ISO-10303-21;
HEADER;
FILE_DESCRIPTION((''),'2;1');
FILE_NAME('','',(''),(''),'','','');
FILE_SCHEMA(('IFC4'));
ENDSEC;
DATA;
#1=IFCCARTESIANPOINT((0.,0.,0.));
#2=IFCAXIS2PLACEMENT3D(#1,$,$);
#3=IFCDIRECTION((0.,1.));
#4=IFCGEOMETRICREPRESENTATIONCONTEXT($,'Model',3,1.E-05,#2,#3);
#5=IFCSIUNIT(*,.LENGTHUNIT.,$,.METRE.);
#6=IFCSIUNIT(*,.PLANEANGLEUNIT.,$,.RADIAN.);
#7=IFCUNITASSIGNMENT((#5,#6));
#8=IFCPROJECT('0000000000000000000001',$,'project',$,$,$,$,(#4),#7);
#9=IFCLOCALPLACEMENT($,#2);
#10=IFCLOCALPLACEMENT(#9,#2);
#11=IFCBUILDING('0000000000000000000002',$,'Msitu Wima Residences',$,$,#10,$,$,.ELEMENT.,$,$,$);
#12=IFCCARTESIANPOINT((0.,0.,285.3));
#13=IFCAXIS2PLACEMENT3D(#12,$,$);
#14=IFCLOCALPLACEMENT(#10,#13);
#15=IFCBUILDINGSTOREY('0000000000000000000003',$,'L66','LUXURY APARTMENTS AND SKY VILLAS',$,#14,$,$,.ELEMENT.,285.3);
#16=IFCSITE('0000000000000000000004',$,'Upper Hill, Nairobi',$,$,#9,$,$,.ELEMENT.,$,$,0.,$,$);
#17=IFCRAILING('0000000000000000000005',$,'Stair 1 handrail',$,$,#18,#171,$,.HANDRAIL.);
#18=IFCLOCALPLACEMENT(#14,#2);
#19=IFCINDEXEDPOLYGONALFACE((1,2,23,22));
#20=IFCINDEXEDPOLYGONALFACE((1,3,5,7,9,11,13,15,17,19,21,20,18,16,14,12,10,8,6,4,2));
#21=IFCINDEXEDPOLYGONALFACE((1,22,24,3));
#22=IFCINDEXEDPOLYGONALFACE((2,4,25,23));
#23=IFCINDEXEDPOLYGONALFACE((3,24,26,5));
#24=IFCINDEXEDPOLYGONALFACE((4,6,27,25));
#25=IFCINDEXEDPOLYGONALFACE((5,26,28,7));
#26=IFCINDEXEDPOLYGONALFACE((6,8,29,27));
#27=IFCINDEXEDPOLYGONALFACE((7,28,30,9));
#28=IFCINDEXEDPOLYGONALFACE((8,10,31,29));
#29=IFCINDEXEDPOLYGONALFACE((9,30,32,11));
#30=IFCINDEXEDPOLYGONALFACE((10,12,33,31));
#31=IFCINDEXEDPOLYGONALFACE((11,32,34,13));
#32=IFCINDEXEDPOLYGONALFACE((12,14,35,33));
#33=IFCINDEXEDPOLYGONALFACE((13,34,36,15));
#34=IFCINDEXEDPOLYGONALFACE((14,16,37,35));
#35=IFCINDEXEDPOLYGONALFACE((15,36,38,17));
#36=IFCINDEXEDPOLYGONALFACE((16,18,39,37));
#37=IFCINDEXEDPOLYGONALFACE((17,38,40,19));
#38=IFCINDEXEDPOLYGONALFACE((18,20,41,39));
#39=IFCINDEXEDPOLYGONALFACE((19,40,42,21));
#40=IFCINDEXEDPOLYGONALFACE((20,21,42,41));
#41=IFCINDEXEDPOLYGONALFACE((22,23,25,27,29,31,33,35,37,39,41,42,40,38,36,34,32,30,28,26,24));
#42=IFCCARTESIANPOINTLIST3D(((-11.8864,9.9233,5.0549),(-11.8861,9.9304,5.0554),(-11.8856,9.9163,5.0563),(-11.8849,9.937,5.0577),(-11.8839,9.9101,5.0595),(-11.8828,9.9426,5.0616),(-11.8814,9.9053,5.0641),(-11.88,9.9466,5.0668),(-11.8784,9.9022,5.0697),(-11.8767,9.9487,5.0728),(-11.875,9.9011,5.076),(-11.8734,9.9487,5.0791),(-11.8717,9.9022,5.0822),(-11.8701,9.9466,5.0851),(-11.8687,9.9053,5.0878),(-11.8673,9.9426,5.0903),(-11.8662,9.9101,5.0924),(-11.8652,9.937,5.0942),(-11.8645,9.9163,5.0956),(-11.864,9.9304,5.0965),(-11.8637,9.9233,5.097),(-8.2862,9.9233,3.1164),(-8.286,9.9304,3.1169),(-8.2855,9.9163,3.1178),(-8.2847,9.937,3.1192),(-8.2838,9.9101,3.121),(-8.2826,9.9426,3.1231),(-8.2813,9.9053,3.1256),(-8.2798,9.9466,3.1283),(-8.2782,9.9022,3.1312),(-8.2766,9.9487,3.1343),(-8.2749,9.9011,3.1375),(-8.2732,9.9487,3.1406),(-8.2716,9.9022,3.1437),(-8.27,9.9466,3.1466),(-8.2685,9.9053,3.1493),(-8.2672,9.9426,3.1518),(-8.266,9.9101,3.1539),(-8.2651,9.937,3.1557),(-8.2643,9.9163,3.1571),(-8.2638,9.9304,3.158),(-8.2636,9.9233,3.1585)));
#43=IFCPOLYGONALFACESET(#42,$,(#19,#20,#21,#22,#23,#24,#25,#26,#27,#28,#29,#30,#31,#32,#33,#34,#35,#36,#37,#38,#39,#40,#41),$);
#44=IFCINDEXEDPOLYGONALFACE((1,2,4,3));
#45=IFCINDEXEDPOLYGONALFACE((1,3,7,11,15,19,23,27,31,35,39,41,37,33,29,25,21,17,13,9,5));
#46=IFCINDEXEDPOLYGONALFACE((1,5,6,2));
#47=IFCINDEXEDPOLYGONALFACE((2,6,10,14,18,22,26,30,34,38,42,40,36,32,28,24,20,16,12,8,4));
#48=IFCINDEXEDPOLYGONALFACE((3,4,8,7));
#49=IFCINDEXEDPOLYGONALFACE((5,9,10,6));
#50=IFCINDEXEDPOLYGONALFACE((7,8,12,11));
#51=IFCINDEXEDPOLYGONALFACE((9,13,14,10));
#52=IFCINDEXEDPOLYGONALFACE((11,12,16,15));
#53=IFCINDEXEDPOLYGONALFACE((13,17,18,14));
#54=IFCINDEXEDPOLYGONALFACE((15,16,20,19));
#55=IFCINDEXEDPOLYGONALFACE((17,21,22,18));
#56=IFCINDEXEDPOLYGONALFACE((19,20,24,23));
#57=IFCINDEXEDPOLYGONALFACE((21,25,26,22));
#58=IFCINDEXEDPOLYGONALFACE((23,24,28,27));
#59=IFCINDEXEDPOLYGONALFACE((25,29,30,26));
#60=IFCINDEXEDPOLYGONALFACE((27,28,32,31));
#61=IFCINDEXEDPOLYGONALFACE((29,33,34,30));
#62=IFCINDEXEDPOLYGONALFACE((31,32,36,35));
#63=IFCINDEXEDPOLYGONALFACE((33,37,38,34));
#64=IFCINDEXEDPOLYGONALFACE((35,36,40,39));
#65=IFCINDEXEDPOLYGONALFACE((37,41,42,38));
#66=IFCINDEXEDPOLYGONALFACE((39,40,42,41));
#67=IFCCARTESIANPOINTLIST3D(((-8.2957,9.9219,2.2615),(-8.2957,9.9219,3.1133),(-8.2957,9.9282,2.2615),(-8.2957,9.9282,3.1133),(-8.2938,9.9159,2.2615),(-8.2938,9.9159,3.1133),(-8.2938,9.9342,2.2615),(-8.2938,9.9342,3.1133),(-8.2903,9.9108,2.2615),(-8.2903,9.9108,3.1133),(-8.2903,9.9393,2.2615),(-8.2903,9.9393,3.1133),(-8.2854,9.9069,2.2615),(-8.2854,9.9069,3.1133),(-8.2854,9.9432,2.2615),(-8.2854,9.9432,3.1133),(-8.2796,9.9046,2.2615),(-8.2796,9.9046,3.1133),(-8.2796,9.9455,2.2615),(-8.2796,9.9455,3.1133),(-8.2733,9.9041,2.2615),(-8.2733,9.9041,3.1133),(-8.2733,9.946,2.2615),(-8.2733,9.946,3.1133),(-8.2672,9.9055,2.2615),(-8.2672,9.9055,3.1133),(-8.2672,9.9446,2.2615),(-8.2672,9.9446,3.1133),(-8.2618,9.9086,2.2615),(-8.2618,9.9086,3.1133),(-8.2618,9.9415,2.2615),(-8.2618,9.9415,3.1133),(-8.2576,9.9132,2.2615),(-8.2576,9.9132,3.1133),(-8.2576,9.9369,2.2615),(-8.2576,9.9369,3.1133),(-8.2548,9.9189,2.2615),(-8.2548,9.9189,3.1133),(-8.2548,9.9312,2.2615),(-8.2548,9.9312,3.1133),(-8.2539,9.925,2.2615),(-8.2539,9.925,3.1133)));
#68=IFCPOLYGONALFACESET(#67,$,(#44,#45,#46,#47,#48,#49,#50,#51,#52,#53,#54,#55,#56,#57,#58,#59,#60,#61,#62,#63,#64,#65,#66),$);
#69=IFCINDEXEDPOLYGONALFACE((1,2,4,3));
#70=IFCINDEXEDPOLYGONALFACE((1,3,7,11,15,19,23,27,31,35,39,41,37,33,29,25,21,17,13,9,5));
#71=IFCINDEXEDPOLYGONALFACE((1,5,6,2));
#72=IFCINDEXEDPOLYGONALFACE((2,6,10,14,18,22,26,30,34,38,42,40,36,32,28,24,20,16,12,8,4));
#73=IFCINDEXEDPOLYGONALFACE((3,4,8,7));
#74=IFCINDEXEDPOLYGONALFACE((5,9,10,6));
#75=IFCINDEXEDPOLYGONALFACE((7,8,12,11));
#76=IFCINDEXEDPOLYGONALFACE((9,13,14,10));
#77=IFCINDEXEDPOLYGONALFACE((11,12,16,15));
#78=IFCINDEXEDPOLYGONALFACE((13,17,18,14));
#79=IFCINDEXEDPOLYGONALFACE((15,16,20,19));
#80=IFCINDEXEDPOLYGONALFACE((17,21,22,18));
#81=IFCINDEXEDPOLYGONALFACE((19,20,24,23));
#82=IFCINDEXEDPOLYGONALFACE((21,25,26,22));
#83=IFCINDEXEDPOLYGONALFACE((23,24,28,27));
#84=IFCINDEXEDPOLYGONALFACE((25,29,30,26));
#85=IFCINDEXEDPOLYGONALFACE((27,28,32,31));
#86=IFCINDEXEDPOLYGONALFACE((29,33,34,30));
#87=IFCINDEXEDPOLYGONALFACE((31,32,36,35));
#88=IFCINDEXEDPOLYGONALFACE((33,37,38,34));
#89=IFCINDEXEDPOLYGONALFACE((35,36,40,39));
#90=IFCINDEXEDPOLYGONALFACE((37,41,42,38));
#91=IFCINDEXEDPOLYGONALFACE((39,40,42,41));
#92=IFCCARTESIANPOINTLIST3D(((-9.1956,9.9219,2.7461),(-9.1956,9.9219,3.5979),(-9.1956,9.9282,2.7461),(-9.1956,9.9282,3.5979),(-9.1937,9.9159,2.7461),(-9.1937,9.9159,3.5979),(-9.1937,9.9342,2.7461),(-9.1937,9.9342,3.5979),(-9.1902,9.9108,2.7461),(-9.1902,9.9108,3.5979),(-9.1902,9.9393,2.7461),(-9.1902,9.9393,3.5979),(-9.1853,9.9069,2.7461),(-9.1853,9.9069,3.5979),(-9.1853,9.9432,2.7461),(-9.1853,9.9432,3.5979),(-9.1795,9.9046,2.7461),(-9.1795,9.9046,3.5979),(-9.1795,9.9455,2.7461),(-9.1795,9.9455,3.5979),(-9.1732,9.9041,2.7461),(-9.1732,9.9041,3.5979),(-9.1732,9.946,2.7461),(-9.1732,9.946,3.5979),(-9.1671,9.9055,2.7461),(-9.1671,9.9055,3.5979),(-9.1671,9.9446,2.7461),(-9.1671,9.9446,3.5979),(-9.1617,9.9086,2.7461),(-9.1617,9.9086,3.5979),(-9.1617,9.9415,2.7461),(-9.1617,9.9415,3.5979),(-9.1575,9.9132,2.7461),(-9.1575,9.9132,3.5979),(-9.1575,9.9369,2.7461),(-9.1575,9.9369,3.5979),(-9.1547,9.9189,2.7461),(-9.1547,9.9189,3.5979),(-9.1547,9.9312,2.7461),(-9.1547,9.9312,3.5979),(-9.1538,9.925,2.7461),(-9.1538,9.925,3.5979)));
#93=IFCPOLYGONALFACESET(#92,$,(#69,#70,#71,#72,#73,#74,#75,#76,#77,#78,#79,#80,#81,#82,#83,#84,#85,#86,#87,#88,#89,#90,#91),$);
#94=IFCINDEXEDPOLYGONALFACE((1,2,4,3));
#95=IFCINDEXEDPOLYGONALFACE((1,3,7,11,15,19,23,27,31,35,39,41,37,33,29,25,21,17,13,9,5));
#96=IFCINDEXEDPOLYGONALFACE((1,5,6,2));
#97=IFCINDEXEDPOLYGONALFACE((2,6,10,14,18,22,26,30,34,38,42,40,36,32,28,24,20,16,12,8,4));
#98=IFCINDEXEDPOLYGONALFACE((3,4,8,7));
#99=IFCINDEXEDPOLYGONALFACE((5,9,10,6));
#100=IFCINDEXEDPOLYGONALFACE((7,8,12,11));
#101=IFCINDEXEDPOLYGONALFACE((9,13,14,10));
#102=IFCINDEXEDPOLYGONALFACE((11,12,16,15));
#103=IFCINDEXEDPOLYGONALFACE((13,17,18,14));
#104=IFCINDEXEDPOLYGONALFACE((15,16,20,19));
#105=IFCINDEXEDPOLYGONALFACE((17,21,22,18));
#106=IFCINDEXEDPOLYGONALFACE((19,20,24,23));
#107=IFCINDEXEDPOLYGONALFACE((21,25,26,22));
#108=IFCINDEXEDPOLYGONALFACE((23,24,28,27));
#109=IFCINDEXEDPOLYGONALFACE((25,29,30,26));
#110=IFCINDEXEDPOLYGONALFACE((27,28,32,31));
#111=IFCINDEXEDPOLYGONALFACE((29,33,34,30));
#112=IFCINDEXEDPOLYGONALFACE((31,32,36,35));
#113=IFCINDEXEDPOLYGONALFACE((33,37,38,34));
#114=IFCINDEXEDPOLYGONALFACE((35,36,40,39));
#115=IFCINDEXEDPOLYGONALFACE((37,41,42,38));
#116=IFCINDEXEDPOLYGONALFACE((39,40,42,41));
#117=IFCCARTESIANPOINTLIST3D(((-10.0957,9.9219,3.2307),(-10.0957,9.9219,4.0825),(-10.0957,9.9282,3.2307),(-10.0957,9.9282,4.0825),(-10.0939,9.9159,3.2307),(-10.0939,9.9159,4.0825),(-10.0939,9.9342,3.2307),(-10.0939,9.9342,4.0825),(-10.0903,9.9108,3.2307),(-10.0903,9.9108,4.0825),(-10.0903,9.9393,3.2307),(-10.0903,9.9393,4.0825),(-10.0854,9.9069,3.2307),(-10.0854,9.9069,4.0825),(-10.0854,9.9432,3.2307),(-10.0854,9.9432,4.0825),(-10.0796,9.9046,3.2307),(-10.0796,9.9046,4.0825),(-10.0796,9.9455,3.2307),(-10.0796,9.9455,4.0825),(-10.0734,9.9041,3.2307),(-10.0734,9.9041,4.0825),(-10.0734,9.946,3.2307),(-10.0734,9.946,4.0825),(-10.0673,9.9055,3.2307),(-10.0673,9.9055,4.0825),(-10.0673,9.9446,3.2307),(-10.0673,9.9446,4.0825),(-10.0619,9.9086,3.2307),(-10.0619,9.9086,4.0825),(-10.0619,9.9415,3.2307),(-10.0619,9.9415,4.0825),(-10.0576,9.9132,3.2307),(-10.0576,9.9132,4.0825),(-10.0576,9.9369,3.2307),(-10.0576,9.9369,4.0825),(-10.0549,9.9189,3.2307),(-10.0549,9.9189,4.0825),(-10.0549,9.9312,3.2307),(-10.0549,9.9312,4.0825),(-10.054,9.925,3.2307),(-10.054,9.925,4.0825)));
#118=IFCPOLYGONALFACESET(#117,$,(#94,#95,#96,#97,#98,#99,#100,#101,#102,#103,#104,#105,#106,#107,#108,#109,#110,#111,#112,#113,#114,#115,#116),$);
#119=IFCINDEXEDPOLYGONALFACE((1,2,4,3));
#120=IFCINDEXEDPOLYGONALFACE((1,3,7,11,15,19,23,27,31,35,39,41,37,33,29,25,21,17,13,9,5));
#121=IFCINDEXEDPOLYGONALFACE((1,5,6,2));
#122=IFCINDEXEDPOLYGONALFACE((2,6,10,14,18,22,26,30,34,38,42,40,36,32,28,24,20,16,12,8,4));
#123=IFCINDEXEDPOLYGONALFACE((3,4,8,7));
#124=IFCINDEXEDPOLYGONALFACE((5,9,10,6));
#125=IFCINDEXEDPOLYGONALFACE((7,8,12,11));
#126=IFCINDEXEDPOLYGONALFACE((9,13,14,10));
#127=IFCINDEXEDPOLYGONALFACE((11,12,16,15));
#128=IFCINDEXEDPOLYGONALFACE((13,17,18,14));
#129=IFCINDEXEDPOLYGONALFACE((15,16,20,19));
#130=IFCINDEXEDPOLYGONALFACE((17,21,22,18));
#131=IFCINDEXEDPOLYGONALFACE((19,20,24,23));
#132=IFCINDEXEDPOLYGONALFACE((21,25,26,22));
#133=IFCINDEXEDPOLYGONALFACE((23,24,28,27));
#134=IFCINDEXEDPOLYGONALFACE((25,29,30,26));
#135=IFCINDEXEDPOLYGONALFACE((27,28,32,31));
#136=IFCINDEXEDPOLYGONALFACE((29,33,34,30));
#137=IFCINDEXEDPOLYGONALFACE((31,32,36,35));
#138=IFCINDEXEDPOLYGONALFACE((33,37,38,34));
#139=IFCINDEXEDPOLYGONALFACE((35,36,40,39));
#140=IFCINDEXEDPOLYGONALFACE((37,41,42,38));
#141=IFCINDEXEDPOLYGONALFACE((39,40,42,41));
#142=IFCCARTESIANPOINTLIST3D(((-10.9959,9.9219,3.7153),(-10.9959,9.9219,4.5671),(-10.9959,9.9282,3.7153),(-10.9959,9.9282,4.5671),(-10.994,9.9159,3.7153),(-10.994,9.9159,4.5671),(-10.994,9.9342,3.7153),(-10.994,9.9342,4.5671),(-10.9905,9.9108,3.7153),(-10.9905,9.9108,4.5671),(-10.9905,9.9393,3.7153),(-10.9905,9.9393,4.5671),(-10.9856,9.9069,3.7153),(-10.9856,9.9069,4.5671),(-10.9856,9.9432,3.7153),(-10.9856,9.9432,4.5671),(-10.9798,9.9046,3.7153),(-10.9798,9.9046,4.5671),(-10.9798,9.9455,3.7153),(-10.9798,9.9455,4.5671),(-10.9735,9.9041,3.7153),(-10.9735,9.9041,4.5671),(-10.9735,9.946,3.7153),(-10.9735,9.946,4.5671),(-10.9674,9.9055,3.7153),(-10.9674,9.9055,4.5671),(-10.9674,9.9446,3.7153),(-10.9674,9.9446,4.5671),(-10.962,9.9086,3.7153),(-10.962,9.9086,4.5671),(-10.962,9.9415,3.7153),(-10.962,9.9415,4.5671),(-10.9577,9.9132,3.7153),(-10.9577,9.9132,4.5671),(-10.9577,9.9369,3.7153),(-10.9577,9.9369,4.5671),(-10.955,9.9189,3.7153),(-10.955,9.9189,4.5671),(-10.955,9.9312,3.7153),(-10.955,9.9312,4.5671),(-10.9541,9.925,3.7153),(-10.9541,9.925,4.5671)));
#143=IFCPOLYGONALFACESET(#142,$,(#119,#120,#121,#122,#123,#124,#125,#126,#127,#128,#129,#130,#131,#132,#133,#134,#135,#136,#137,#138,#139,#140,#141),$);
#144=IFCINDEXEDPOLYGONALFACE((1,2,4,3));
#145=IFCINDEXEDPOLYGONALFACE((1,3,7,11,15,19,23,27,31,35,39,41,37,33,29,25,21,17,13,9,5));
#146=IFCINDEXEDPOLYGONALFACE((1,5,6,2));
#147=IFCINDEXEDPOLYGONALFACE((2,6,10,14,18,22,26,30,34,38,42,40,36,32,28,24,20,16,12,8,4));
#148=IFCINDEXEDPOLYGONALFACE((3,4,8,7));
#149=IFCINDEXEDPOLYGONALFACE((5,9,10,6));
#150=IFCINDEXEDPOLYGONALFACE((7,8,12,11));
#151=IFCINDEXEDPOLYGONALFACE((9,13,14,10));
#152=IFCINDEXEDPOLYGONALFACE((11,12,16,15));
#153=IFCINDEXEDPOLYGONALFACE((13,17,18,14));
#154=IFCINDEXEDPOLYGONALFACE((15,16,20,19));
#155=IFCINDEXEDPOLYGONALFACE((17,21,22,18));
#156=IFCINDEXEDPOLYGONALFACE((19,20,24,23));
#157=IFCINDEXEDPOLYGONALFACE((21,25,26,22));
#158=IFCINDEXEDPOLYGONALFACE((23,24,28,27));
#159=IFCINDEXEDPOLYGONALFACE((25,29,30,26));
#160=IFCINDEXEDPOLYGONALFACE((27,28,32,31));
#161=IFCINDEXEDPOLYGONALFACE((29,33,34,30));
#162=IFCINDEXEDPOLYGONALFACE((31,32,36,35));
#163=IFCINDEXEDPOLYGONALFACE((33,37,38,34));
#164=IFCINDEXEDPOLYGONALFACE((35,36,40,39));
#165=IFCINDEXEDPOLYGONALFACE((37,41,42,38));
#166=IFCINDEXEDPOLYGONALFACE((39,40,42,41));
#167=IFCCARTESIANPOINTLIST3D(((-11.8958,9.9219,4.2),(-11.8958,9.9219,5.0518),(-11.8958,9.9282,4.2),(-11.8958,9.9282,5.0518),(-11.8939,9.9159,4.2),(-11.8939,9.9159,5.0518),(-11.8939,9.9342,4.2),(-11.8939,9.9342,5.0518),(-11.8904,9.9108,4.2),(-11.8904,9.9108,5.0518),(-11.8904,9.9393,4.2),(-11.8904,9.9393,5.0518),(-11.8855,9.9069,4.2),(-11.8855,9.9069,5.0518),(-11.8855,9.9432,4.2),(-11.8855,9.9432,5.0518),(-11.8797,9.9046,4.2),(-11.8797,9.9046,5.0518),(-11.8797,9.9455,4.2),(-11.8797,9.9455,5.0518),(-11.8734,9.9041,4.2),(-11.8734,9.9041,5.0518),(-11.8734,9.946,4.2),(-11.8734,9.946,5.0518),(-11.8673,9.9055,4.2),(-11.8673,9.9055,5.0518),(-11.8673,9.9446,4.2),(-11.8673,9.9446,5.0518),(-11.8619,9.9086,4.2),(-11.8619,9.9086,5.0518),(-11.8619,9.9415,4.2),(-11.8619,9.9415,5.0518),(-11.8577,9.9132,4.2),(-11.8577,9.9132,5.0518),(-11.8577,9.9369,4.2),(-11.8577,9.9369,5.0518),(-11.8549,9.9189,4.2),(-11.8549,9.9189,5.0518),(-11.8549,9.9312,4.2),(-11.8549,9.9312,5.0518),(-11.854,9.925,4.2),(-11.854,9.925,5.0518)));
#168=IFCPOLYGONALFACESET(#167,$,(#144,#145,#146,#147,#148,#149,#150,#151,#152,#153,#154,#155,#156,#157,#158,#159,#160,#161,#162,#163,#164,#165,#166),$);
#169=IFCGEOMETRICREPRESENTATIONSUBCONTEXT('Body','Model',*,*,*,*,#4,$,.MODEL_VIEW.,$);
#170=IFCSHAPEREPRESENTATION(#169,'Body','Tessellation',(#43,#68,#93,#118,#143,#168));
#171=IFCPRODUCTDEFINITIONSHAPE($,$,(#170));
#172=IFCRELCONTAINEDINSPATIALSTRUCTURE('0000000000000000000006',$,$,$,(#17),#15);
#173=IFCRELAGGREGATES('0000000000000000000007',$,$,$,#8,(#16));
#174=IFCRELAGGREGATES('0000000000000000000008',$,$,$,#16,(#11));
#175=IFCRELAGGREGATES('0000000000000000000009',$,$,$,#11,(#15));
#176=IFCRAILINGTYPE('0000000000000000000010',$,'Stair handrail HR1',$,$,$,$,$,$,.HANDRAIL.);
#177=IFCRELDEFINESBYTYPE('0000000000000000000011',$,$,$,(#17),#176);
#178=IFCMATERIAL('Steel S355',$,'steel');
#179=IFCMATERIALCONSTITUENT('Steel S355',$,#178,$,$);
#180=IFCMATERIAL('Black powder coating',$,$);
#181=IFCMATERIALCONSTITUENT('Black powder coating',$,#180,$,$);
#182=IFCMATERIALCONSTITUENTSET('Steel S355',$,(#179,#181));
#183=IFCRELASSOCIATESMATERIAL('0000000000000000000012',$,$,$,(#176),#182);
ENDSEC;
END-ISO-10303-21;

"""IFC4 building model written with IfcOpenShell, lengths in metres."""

from ifc_helpers import new_model, si_unit, direction, frame, origin, origin_2d, place, context, subcontext, project, spatial, circle, extrude, material, constituent, constituent_set, type_object, element, save


model = new_model("IFC4")

# Units and contexts
model_context = context("Model", 3, precision=1e-05, world=origin(), true_north=direction((0.0, 1.0)))
body_context = subcontext(model_context, "Body", "Model", "MODEL_VIEW")
ifc_project = project(units=[si_unit("LENGTHUNIT", "METRE"), si_unit("PLANEANGLEUNIT", "RADIAN")], contexts=[model_context])

# Site, building, storey
site_placement = place(None, origin())
site = spatial("IfcSite", under=ifc_project, at=site_placement, Name="Upper Hill, Nairobi", CompositionType="ELEMENT", RefElevation=0.0)
building_placement = place(site_placement, origin())
building = spatial("IfcBuilding", under=site, at=building_placement, Name="Msitu Wima Residences", CompositionType="ELEMENT")
storey_placement = place(building_placement, frame((0.0, 0.0, 285.3)))
storey = spatial("IfcBuildingStorey", under=building, at=storey_placement, Name="L66", Description="LUXURY APARTMENTS AND SKY VILLAS", CompositionType="ELEMENT", Elevation=285.3)

# Railing
ifc_material_1 = material(Name="Steel S355", Category="steel")
ifc_constituent_1 = constituent(ifc_material_1, Name="Steel S355")
ifc_material_2 = material(Name="Black powder coating")
ifc_constituent_2 = constituent(ifc_material_2, Name="Black powder coating")
ifc_constituent_set = constituent_set(constituents=[ifc_constituent_1, ifc_constituent_2], Name="Steel S355")
railing_type = type_object("IfcRailingType", Name="Stair handrail HR1", PredefinedType="HANDRAIL", material=ifc_constituent_set)
for number, where, name in (
    (1, (-8.2749, 9.925, 2.2615), "Stair 1 handrail"),
):
    element("IfcRailing", number, at=place(storey_placement, frame(where)), inside=storey, type_object=railing_type, Name=name, PredefinedType="HANDRAIL", context=body_context, shape_type="SweptSolid", body=[
        extrude(circle(Radius=0.0239, at=origin_2d()), frame((0.0, 0.0, 0.876), z_axis=(-0.880475, 0.0, 0.474093), x_axis=(0.0, -1.0, 0.0)), (0.0, 0.0, 1.0), 4.0889),
        extrude(circle(Radius=0.021, at=origin_2d()), origin(), (0.0, 0.0, 1.0), 0.8518),
        extrude(circle(Radius=0.021, at=origin_2d()), frame((-0.8999, 0.0, 0.4846)), (0.0, 0.0, 1.0), 0.8518),
        extrude(circle(Radius=0.021, at=origin_2d()), frame((-1.8, 0.0, 0.9692)), (0.0, 0.0, 1.0), 0.8518),
        extrude(circle(Radius=0.021, at=origin_2d()), frame((-2.7002, 0.0, 1.4539)), (0.0, 0.0, 1.0), 0.8518),
        extrude(circle(Radius=0.021, at=origin_2d()), frame((-3.6001, 0.0, 1.9385)), (0.0, 0.0, 1.0), 0.8518),
    ])

save(model, "model.ifc")
